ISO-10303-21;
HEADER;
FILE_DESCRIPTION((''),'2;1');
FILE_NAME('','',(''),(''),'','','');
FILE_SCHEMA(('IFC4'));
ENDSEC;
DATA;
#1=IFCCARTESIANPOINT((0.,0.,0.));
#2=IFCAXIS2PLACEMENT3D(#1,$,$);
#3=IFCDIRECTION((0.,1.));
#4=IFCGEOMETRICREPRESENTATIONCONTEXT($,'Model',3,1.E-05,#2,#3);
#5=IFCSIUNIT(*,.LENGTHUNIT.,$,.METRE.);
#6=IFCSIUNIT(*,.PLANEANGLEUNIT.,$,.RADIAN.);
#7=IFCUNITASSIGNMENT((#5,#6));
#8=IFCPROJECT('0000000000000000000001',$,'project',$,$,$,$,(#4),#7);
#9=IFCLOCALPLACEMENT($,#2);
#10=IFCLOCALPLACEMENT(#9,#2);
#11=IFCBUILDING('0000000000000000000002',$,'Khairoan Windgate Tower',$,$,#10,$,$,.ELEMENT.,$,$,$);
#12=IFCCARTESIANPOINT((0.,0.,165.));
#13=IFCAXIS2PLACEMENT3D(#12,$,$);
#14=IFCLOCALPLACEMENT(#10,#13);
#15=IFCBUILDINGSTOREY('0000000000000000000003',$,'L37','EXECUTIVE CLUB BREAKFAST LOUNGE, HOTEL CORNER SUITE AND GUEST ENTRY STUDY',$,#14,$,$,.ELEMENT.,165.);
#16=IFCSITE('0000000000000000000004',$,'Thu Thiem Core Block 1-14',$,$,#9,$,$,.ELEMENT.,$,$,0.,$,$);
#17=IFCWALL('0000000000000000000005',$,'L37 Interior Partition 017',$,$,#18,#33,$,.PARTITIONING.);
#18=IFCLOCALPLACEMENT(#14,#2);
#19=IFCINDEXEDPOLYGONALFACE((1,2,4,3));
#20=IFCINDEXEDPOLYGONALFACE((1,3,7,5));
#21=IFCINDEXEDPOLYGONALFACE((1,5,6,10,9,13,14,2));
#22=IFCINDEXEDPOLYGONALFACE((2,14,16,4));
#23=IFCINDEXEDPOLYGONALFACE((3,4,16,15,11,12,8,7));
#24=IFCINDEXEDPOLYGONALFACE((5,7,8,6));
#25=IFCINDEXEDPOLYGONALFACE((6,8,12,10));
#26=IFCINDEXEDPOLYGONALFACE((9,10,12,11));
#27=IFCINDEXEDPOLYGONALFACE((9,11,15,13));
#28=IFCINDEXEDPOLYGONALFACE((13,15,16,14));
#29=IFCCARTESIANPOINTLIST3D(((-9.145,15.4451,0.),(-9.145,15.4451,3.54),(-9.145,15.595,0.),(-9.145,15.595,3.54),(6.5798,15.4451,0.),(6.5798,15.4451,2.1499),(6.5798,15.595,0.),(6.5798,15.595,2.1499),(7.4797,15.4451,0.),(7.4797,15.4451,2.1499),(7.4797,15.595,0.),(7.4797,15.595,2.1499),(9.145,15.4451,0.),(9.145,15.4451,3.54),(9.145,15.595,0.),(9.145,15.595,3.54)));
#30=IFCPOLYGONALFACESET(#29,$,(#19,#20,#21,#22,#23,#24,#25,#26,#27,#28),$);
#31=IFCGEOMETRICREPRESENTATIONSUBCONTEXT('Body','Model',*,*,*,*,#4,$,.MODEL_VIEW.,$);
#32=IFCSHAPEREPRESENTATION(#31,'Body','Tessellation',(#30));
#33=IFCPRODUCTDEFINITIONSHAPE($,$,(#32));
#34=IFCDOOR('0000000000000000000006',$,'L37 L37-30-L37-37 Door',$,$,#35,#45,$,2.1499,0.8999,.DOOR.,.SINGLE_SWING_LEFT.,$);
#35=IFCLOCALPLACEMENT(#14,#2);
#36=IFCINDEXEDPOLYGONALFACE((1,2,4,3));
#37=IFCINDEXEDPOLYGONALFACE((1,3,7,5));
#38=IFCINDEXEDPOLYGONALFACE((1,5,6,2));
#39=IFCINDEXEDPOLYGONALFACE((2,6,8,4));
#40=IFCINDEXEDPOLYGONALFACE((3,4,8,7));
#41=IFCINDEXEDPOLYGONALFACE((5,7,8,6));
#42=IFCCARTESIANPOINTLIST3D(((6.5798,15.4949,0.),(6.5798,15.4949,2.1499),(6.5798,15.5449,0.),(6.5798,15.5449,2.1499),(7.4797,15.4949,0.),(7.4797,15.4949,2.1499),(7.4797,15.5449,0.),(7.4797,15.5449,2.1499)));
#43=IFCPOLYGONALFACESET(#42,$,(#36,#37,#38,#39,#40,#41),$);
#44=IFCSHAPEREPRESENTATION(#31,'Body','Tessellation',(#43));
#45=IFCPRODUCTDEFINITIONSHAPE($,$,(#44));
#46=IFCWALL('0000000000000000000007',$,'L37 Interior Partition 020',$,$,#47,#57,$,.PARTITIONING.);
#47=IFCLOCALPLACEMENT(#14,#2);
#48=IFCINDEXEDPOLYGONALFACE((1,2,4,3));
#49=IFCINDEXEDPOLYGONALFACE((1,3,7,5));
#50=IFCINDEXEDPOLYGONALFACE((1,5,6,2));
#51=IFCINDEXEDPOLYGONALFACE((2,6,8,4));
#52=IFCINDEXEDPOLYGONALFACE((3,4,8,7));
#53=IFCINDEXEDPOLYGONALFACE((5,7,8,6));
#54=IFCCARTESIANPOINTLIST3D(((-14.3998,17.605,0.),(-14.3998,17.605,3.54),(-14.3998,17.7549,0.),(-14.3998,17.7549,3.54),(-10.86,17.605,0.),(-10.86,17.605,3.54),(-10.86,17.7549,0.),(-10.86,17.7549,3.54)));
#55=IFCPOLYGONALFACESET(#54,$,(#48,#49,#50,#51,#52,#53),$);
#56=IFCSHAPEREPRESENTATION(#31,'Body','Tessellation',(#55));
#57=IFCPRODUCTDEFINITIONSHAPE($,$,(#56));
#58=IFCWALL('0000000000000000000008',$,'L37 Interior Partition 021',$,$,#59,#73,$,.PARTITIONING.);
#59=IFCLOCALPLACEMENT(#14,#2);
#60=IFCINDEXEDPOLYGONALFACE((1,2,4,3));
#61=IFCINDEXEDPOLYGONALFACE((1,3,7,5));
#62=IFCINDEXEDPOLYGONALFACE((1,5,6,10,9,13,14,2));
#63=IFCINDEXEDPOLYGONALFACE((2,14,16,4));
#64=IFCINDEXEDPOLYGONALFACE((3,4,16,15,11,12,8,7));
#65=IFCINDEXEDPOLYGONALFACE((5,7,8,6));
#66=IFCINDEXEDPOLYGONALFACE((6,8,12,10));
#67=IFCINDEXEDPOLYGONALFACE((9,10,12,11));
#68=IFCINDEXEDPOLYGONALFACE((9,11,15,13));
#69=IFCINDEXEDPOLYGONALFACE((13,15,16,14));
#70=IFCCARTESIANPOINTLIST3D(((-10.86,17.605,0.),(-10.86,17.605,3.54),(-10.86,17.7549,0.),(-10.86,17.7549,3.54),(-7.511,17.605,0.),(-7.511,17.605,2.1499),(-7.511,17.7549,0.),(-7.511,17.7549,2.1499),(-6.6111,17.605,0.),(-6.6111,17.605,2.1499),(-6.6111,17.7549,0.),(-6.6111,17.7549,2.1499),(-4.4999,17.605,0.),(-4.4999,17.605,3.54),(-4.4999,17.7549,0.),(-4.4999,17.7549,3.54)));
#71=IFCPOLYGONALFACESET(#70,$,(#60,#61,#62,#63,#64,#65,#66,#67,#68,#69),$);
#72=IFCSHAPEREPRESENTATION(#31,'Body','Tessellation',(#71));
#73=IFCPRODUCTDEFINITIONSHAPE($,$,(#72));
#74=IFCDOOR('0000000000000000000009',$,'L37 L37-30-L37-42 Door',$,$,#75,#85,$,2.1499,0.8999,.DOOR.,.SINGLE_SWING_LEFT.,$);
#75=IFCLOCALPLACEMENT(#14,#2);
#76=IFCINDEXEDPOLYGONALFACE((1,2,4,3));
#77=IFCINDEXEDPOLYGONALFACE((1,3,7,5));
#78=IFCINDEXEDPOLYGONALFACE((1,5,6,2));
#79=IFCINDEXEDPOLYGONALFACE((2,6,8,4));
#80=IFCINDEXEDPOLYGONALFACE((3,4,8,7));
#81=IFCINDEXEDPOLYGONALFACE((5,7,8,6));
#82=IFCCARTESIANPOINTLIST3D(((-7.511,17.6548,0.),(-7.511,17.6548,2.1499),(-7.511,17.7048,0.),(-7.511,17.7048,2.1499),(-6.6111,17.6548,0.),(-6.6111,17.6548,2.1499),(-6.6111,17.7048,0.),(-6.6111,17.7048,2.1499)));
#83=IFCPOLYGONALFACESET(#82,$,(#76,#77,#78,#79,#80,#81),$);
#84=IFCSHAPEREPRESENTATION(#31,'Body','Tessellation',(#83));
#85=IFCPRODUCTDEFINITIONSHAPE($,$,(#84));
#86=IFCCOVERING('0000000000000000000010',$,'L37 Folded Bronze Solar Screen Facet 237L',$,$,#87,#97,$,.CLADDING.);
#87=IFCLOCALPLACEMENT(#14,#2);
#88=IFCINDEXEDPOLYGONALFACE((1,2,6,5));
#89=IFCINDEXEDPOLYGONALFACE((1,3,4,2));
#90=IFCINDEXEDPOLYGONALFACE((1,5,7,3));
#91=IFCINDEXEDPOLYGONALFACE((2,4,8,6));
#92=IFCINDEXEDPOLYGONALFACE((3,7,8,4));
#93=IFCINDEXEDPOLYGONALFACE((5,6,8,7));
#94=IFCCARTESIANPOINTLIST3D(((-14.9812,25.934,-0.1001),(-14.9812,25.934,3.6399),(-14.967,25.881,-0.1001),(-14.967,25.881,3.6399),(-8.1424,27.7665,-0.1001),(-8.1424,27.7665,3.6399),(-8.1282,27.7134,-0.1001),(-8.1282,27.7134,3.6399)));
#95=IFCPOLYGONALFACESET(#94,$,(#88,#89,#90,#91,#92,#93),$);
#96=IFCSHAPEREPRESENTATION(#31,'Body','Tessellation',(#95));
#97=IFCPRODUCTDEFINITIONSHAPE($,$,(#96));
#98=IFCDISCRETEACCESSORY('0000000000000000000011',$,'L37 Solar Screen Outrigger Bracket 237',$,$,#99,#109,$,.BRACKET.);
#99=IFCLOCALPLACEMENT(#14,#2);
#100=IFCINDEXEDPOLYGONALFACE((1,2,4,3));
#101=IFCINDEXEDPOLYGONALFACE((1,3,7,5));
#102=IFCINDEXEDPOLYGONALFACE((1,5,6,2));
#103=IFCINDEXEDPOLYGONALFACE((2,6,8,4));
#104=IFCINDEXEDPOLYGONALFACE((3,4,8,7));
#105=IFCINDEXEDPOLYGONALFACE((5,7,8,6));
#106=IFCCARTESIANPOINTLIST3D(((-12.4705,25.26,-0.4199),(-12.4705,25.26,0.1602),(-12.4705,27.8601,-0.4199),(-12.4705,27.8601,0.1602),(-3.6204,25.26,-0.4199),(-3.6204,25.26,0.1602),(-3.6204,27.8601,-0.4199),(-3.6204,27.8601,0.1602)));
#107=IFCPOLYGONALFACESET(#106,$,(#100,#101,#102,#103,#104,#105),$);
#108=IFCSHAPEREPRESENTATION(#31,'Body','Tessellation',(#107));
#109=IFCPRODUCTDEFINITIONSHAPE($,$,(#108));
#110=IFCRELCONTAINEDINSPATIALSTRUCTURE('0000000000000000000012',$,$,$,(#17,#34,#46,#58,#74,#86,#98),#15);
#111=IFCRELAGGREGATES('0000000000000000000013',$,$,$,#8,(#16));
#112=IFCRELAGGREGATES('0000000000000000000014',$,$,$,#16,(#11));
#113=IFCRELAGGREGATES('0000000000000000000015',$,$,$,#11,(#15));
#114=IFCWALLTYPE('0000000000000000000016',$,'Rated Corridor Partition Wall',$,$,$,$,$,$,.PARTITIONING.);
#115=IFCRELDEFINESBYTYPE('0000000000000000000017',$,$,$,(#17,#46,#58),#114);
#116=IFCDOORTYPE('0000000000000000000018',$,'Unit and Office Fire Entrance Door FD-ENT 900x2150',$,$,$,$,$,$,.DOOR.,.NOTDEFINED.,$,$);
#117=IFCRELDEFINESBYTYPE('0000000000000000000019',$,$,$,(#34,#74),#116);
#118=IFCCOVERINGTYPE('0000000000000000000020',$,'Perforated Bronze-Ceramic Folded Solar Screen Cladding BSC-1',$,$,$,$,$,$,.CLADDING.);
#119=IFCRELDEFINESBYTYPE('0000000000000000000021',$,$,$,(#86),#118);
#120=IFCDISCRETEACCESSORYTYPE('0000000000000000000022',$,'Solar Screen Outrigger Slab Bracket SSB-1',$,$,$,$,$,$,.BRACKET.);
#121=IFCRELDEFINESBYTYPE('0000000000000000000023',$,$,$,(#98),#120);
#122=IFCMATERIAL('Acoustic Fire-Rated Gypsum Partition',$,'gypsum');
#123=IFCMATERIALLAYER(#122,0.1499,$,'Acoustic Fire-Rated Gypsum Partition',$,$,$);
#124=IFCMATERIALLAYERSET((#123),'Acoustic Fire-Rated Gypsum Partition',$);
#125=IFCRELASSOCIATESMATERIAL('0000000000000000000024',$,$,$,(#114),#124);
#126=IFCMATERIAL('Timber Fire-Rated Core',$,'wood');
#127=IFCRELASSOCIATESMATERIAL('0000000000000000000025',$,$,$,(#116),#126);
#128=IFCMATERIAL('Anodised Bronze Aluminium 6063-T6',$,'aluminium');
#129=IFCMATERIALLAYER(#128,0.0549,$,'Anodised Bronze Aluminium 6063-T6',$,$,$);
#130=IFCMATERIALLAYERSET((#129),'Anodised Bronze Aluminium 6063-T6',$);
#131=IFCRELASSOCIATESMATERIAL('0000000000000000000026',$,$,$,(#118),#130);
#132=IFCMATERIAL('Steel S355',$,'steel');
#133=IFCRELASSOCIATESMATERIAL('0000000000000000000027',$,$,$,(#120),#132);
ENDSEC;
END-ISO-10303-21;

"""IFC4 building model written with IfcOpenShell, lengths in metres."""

from ifc_helpers import new_model, si_unit, direction, frame, frame_2d, origin, origin_2d, place, context, subcontext, project, spatial, rectangle, extrude, material, layer, layer_set, type_object, element, fill, save


model = new_model("IFC4")

# Units and contexts
model_context = context("Model", 3, precision=1e-05, world=origin(), true_north=direction((0.0, 1.0)))
body_context = subcontext(model_context, "Body", "Model", "MODEL_VIEW")
ifc_project = project(units=[si_unit("LENGTHUNIT", "METRE"), si_unit("PLANEANGLEUNIT", "RADIAN")], contexts=[model_context])

# Site, building, storey
site_placement = place(None, origin())
site = spatial("IfcSite", under=ifc_project, at=site_placement, Name="Thu Thiem Core Block 1-14", CompositionType="ELEMENT", RefElevation=0.0)
building_placement = place(site_placement, origin())
building = spatial("IfcBuilding", under=site, at=building_placement, Name="Khairoan Windgate Tower", CompositionType="ELEMENT")
storey_placement = place(building_placement, frame((0.0, 0.0, 165.0)))
storey = spatial("IfcBuildingStorey", under=building, at=storey_placement, Name="L37", Description="EXECUTIVE CLUB BREAKFAST LOUNGE, HOTEL CORNER SUITE AND GUEST ENTRY STUDY", CompositionType="ELEMENT", Elevation=165.0)

# Wall, opening, door
ifc_material_1 = material(Name="Acoustic Fire-Rated Gypsum Partition", Category="gypsum")
ifc_layer_1 = layer(ifc_material_1, 0.1499, Name="Acoustic Fire-Rated Gypsum Partition")
ifc_layer_set_1 = layer_set([ifc_layer_1], Name="Acoustic Fire-Rated Gypsum Partition")
wall_type_1 = type_object("IfcWallType", Name="Rated Corridor Partition Wall", PredefinedType="PARTITIONING", material=ifc_layer_set_1)
wall_1_placement = place(storey_placement, frame((-9.145, 15.52, 0.0), z_axis=(0.0, 0.0, 1.0), x_axis=(1.0, 0.0, 0.0)))
wall_1 = element("IfcWall", 1, at=wall_1_placement, inside=storey, type_object=wall_type_1, Name="L37 Interior Partition 017", PredefinedType="PARTITIONING", context=body_context, shape_type="SweptSolid", body=[
    extrude(rectangle(XDim=18.29, YDim=0.1499, at=frame_2d((9.145, 0.0))), origin(), (0.0, 0.0, 1.0), 3.54),
])
opening_1_placement = place(wall_1_placement, frame((15.7249, 0.0, 0.0)))
opening_1 = element("IfcOpeningElement", 2, at=opening_1_placement, cuts=wall_1, PredefinedType="OPENING", context=body_context, shape_type="SweptSolid", body=[
    extrude(rectangle(XDim=0.8999, YDim=2.1499, at=frame_2d((0.45, 1.075))), frame((0.0, 0.085, 0.0), z_axis=(0.0, -1.0, 0.0), x_axis=(1.0, 0.0, 0.0)), (0.0, 0.0, 1.0), 0.1699),
])
ifc_material_2 = material(Name="Timber Fire-Rated Core", Category="wood")
door_type_1 = type_object("IfcDoorType", Name="Unit and Office Fire Entrance Door FD-ENT 900x2150", OperationType="NOTDEFINED", PredefinedType="DOOR", material=ifc_material_2)
door_1_placement = place(opening_1_placement, origin())
door_1 = element("IfcDoor", 3, at=door_1_placement, inside=storey, type_object=door_type_1, Name="L37 L37-30-L37-37 Door", OperationType="SINGLE_SWING_LEFT", OverallHeight=2.1499, OverallWidth=0.8999, PredefinedType="DOOR", context=body_context, shape_type="SweptSolid", body=[
    extrude(rectangle(XDim=0.8999, YDim=2.1499, at=frame_2d((0.45, 1.075))), frame((0.0, 0.0249, 0.0), z_axis=(0.0, -1.0, 0.0), x_axis=(1.0, 0.0, 0.0)), (0.0, 0.0, 1.0), 0.05),
])
fill(opening_1, door_1)

# Wall
wall_2_placement = place(storey_placement, frame((-14.3999, 17.6799, 0.0), z_axis=(0.0, 0.0, 1.0), x_axis=(1.0, 0.0, 0.0)))
element("IfcWall", 4, at=wall_2_placement, inside=storey, type_object=wall_type_1, Name="L37 Interior Partition 020", PredefinedType="PARTITIONING", context=body_context, shape_type="SweptSolid", body=[
    extrude(rectangle(XDim=3.5398, YDim=0.1499, at=frame_2d((1.77, 0.0))), origin(), (0.0, 0.0, 1.0), 3.54),
])

# Wall, opening, door
wall_3_placement = place(storey_placement, frame((-10.8601, 17.6799, 0.0), z_axis=(0.0, 0.0, 1.0), x_axis=(1.0, 0.0, 0.0)))
wall_3 = element("IfcWall", 5, at=wall_3_placement, inside=storey, type_object=wall_type_1, Name="L37 Interior Partition 021", PredefinedType="PARTITIONING", context=body_context, shape_type="SweptSolid", body=[
    extrude(rectangle(XDim=6.3601, YDim=0.1499, at=frame_2d((3.1802, 0.0))), origin(), (0.0, 0.0, 1.0), 3.54),
])
opening_2_placement = place(wall_3_placement, frame((3.3491, 0.0, 0.0)))
opening_2 = element("IfcOpeningElement", 6, at=opening_2_placement, cuts=wall_3, PredefinedType="OPENING", context=body_context, shape_type="SweptSolid", body=[
    extrude(rectangle(XDim=0.8999, YDim=2.1499, at=frame_2d((0.45, 1.075))), frame((0.0, 0.085, 0.0), z_axis=(0.0, -1.0, 0.0), x_axis=(1.0, 0.0, 0.0)), (0.0, 0.0, 1.0), 0.1699),
])
door_2_placement = place(opening_2_placement, origin())
door_2 = element("IfcDoor", 7, at=door_2_placement, inside=storey, type_object=door_type_1, Name="L37 L37-30-L37-42 Door", OperationType="SINGLE_SWING_LEFT", OverallHeight=2.1499, OverallWidth=0.8999, PredefinedType="DOOR", context=body_context, shape_type="SweptSolid", body=[
    extrude(rectangle(XDim=0.8999, YDim=2.1499, at=frame_2d((0.45, 1.075))), frame((0.0, 0.0249, 0.0), z_axis=(0.0, -1.0, 0.0), x_axis=(1.0, 0.0, 0.0)), (0.0, 0.0, 1.0), 0.05),
])
fill(opening_2, door_2)

# Covering
ifc_material_3 = material(Name="Anodised Bronze Aluminium 6063-T6", Category="aluminium")
ifc_layer_2 = layer(ifc_material_3, 0.0549, Name="Anodised Bronze Aluminium 6063-T6")
ifc_layer_set_2 = layer_set([ifc_layer_2], Name="Anodised Bronze Aluminium 6063-T6")
covering_type = type_object("IfcCoveringType", Name="Perforated Bronze-Ceramic Folded Solar Screen Cladding BSC-1", PredefinedType="CLADDING", material=ifc_layer_set_2)
covering_placement = place(storey_placement, frame((-11.5547, 26.8237, -0.1001), z_axis=(0.0, 0.0, 1.0), x_axis=(0.965926, 0.258819, 0.0)))
element("IfcCovering", 8, at=covering_placement, inside=storey, type_object=covering_type, Name="L37 Folded Bronze Solar Screen Facet 237L", PredefinedType="CLADDING", context=body_context, shape_type="SweptSolid", body=[
    extrude(rectangle(XDim=7.0801, YDim=0.0549, at=origin_2d()), origin(), (0.0, 0.0, 1.0), 3.74),
])

# Discrete accessory
ifc_material_4 = material(Name="Steel S355", Category="steel")
discrete_accessory_type = type_object("IfcDiscreteAccessoryType", Name="Solar Screen Outrigger Slab Bracket SSB-1", PredefinedType="BRACKET", material=ifc_material_4)
discrete_accessory_placement = place(storey_placement, frame((-8.0454, 26.5601, -0.4199), z_axis=(0.0, 0.0, 1.0), x_axis=(1.0, 0.0, 0.0)))
element("IfcDiscreteAccessory", 9, at=discrete_accessory_placement, inside=storey, type_object=discrete_accessory_type, Name="L37 Solar Screen Outrigger Bracket 237", PredefinedType="BRACKET", context=body_context, shape_type="SweptSolid", body=[
    extrude(rectangle(XDim=8.8501, YDim=2.6001, at=origin_2d()), origin(), (0.0, 0.0, 1.0), 0.5801),
])

save(model, "model.ifc")
